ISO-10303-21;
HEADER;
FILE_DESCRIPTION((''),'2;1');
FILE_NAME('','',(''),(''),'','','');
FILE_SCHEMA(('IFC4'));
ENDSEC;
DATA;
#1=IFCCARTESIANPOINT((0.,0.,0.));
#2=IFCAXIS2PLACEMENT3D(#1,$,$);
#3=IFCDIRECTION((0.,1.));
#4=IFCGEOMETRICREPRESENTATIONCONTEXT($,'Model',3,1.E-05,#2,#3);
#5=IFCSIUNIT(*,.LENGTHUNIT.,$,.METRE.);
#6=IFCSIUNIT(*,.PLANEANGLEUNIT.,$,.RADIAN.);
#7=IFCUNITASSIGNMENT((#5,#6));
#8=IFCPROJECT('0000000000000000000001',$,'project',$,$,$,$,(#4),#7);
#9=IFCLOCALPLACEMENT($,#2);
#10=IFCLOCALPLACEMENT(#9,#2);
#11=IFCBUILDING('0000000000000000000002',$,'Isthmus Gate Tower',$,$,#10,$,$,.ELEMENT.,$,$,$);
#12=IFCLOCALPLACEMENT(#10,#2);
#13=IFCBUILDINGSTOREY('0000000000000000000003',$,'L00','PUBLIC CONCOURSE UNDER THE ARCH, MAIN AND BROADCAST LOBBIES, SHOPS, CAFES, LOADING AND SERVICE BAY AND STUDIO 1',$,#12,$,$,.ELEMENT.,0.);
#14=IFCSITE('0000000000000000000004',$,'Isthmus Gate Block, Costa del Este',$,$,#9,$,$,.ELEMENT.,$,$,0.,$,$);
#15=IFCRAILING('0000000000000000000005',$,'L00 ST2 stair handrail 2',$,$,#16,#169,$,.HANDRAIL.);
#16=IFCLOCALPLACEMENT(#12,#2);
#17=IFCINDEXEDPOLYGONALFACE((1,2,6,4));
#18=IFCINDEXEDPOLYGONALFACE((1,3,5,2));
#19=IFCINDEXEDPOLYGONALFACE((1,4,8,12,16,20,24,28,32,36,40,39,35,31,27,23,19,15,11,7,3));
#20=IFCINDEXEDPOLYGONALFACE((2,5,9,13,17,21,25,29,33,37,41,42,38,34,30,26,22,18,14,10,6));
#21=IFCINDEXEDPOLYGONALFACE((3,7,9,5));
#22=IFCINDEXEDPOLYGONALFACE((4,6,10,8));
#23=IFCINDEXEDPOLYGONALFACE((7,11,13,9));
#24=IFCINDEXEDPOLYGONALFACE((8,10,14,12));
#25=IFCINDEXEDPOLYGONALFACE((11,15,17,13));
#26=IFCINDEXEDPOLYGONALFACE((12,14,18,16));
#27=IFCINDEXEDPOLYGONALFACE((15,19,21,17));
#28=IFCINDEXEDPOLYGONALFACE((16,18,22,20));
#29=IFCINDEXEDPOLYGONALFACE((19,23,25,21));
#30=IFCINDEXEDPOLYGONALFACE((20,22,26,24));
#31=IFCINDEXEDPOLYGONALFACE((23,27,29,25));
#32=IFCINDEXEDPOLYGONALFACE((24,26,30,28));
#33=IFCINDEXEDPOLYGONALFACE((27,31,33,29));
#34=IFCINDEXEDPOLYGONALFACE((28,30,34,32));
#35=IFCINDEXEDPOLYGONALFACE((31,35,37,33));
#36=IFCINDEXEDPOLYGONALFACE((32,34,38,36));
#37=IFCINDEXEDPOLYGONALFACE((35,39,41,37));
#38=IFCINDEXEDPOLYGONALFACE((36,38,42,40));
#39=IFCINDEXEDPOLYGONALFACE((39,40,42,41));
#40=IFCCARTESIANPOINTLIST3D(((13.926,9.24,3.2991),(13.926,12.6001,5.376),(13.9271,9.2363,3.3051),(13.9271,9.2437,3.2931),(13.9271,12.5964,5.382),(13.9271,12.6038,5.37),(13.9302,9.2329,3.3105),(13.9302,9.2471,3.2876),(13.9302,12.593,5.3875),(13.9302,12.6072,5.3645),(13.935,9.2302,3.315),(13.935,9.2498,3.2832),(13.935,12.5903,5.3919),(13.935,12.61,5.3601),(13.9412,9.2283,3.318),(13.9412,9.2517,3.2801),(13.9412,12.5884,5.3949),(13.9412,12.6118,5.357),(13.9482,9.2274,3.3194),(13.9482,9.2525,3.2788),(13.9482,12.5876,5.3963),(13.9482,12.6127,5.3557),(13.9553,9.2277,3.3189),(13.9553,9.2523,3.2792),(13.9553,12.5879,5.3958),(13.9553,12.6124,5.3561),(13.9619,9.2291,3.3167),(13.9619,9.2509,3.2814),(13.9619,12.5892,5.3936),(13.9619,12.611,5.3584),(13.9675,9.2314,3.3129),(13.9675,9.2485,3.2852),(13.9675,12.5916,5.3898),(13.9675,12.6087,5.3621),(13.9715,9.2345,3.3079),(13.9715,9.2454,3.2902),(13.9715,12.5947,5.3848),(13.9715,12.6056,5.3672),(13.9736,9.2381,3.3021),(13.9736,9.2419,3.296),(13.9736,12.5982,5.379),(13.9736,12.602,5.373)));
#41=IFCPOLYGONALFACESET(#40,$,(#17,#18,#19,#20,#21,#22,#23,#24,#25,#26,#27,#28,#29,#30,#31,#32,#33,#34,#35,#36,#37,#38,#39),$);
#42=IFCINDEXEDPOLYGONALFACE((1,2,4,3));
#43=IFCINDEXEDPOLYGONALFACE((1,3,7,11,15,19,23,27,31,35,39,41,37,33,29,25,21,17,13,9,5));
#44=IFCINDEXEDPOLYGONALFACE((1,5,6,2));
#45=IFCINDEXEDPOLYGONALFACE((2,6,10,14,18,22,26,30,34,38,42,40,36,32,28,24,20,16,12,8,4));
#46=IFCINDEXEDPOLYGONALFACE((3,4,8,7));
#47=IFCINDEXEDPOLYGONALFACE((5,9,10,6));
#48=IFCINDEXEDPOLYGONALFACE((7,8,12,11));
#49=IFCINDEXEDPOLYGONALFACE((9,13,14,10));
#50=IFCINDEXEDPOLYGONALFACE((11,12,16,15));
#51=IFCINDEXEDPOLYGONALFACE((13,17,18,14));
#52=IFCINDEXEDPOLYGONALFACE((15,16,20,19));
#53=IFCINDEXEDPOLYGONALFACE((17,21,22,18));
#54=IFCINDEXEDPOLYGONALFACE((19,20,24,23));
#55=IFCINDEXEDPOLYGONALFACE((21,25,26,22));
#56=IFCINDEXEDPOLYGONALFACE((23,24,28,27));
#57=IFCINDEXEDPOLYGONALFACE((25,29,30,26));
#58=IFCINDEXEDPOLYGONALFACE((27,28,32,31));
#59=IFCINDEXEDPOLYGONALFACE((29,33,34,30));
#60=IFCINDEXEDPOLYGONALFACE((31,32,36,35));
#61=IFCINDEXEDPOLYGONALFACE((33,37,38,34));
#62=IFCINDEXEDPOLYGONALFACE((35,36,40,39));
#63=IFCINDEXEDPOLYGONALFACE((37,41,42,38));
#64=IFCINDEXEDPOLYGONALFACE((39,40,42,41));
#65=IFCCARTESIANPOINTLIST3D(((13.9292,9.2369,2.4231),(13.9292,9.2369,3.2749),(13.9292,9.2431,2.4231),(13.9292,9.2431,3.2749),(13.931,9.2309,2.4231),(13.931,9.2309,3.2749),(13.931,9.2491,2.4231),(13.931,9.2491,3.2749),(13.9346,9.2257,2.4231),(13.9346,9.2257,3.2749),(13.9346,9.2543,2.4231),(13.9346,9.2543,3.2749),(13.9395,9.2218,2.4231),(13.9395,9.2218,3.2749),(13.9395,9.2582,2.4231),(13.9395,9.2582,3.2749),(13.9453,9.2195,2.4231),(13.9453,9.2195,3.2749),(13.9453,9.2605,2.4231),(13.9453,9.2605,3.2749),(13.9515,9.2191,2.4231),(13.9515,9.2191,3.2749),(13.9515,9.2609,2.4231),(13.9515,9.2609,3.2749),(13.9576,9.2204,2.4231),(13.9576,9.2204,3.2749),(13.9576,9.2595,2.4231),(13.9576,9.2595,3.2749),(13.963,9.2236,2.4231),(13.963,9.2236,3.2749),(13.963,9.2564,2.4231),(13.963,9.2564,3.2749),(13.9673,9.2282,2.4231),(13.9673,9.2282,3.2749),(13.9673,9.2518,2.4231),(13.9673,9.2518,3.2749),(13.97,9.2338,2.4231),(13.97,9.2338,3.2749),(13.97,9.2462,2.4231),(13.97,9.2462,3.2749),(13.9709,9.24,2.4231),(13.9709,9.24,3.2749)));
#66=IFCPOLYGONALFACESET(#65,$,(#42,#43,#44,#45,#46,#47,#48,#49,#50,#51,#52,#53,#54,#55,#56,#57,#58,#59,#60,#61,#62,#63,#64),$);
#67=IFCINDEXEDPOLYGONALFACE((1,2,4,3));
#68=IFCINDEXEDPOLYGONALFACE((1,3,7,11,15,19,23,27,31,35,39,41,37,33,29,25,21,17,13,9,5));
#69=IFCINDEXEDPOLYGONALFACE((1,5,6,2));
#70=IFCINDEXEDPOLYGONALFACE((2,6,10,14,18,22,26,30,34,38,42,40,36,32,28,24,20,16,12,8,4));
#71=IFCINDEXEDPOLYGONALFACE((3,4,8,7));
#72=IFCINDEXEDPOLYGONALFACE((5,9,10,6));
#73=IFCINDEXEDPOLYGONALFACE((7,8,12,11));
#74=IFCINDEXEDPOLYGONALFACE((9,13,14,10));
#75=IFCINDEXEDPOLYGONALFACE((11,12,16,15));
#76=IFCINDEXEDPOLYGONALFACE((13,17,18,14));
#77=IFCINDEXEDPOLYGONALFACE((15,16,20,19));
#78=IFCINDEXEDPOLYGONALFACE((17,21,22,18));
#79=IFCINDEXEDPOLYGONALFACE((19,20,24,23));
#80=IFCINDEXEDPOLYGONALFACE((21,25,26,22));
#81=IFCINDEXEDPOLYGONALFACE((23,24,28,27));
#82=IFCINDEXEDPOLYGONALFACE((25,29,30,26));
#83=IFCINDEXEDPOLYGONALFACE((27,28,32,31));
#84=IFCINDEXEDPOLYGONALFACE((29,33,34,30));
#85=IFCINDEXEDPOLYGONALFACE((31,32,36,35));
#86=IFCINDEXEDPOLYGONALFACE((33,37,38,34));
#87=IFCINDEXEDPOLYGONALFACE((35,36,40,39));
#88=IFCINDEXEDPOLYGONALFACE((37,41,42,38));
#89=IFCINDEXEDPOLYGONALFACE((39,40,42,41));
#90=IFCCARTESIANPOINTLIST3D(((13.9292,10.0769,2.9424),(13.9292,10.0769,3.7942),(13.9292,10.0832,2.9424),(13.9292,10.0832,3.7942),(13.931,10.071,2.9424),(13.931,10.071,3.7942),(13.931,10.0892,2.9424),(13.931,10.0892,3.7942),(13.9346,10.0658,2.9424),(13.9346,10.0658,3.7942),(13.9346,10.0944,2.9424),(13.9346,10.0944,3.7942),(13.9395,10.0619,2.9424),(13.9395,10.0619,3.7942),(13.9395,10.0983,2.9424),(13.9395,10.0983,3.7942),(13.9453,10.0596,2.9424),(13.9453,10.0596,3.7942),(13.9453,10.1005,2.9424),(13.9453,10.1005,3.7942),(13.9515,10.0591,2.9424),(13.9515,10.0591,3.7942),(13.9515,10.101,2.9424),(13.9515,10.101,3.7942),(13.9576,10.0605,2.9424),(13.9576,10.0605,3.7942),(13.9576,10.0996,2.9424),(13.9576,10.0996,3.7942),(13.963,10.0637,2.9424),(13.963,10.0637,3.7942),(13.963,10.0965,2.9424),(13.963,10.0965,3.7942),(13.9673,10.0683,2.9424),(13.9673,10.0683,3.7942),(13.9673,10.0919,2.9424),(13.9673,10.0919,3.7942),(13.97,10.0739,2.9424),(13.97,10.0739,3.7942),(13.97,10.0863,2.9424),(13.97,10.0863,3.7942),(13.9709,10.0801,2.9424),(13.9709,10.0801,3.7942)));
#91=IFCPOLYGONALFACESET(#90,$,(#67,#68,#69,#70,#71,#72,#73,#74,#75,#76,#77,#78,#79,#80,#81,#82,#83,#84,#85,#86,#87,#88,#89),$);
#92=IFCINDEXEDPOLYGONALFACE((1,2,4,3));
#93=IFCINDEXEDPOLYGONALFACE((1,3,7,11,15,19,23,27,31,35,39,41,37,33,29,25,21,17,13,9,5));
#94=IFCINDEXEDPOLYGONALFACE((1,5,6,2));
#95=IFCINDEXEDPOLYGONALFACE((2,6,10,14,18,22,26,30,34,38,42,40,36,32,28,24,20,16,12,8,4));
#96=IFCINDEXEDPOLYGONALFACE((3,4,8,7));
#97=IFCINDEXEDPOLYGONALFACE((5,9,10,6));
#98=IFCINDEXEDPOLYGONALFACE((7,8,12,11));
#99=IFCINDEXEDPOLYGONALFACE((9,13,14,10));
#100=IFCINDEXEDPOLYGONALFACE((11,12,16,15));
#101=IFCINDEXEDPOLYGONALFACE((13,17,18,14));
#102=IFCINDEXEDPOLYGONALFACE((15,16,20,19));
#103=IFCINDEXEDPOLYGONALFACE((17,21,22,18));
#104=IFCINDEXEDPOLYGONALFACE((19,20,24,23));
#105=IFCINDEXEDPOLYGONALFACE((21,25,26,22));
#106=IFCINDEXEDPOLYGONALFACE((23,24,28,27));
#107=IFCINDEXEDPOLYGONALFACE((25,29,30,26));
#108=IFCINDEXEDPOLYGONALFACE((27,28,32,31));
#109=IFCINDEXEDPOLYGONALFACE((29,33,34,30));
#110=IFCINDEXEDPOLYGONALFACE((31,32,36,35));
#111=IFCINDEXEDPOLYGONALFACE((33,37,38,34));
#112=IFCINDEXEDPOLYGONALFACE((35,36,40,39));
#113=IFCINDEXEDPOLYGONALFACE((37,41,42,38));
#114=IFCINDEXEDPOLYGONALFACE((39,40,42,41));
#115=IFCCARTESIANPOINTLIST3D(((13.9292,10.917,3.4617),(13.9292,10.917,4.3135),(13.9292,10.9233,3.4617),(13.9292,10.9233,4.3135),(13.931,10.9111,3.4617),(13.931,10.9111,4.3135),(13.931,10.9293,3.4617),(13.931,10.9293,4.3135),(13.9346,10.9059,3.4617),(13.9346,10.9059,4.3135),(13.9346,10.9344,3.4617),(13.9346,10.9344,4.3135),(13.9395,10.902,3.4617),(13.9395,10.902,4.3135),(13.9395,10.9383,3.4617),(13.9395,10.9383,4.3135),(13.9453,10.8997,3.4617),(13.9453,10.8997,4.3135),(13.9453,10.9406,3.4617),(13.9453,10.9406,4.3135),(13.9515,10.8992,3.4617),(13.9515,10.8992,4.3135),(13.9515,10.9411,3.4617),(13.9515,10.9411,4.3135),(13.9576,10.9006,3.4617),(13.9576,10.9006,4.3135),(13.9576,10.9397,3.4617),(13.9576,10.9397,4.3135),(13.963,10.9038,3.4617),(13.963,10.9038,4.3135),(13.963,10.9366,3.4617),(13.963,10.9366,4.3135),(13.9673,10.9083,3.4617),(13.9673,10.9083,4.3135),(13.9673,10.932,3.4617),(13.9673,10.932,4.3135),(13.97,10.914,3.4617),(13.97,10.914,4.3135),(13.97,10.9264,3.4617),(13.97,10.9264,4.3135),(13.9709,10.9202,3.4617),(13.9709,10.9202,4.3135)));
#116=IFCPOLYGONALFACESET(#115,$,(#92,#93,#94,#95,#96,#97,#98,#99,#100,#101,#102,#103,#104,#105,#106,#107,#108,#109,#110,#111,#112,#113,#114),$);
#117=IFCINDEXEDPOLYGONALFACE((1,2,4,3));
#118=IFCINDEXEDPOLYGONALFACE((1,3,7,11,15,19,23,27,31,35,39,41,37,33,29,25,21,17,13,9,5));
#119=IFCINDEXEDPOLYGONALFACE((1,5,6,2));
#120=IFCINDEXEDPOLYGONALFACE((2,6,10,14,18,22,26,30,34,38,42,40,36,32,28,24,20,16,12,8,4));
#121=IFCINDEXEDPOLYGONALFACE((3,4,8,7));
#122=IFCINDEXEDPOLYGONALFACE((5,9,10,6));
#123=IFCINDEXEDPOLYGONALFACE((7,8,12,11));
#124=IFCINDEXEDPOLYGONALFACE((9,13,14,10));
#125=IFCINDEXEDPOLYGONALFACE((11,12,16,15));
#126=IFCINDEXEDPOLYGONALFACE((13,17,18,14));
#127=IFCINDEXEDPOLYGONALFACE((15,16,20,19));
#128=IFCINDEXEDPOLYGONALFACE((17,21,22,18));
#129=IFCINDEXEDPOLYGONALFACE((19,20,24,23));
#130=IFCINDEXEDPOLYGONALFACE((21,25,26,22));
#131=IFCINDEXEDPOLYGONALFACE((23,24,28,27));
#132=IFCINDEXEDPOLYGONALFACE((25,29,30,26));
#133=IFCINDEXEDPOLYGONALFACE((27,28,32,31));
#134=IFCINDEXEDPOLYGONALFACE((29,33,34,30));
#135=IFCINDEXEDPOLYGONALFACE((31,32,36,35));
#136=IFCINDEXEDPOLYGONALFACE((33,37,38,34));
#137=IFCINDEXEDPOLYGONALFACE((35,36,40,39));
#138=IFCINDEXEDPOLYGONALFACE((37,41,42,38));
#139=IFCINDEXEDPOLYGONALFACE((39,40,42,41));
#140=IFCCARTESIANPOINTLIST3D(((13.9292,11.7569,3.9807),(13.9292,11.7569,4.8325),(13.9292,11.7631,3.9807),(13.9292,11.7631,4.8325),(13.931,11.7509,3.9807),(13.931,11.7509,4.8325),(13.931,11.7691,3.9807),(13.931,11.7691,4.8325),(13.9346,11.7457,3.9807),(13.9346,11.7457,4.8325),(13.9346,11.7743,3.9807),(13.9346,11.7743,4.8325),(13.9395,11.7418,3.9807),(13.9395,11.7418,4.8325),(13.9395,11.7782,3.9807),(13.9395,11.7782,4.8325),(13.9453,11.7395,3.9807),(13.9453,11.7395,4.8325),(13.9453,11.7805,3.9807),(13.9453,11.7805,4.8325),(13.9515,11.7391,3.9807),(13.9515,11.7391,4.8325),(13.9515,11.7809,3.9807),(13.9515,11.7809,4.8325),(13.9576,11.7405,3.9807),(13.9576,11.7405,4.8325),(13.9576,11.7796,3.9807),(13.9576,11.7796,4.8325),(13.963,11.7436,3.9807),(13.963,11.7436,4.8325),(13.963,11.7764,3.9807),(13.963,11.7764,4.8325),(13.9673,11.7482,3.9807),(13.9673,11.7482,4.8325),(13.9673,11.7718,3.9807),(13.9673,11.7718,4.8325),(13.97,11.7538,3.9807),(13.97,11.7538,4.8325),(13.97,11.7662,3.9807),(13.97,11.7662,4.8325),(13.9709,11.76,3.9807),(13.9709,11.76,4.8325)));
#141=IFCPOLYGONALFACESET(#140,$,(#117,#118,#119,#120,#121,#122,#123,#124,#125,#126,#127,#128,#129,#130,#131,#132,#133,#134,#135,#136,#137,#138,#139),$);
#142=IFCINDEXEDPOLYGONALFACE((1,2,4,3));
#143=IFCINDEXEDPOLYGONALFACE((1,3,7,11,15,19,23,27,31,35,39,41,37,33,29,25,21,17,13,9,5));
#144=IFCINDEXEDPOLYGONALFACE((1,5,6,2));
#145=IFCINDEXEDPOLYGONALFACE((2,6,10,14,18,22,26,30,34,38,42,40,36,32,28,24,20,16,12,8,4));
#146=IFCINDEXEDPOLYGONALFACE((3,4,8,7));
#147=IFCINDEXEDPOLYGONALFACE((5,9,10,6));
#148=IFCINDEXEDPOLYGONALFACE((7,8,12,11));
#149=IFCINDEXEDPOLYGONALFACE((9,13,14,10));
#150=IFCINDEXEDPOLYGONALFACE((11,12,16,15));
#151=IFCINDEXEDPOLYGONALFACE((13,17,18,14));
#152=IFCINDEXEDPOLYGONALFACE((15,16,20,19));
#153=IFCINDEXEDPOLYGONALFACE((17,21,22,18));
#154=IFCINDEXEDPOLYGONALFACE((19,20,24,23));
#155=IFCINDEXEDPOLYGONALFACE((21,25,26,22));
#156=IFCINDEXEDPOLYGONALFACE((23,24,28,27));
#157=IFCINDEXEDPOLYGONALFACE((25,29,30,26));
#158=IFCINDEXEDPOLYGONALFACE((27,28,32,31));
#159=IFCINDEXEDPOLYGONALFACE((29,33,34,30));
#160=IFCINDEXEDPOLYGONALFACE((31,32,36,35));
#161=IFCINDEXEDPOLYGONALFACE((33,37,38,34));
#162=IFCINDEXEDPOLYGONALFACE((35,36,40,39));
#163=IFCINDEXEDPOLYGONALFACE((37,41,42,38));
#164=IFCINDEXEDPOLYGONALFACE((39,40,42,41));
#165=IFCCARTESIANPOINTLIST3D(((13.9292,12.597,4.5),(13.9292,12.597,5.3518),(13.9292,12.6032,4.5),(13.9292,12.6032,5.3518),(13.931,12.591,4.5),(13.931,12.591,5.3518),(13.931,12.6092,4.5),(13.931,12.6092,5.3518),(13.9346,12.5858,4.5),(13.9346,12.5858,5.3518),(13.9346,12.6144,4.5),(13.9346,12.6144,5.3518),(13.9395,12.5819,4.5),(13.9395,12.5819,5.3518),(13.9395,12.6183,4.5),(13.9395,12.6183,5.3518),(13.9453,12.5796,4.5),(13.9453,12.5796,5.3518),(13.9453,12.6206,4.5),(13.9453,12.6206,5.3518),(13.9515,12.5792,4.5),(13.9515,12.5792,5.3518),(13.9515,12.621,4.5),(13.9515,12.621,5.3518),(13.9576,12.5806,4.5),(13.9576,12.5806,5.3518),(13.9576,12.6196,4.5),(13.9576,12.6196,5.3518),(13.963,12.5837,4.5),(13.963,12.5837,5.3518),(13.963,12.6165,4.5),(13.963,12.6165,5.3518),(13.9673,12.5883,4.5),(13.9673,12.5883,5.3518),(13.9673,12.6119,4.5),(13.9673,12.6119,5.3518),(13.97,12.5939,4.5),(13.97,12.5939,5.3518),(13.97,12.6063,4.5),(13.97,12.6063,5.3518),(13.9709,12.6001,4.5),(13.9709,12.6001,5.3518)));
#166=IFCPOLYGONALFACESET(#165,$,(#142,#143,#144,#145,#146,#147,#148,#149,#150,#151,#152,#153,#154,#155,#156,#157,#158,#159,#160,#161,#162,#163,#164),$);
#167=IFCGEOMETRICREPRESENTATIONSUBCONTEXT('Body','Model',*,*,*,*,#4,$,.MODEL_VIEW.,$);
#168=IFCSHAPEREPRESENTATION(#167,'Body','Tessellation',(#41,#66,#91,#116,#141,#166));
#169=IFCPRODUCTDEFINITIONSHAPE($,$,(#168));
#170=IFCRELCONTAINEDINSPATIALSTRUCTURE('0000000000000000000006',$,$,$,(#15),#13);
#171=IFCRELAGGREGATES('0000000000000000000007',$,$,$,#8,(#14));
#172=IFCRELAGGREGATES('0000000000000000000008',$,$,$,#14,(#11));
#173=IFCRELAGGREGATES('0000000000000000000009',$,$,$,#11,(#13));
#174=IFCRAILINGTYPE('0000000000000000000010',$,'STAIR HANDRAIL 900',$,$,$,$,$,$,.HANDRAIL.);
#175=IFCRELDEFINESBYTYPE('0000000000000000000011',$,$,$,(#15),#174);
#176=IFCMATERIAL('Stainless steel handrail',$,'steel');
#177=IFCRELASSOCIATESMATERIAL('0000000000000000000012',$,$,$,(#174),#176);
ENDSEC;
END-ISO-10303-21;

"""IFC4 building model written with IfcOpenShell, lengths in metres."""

from ifc_helpers import new_model, si_unit, direction, frame, origin, origin_2d, place, context, subcontext, project, spatial, circle, extrude, material, type_object, element, save


model = new_model("IFC4")

# Units and contexts
model_context = context("Model", 3, precision=1e-05, world=origin(), true_north=direction((0.0, 1.0)))
body_context = subcontext(model_context, "Body", "Model", "MODEL_VIEW")
ifc_project = project(units=[si_unit("LENGTHUNIT", "METRE"), si_unit("PLANEANGLEUNIT", "RADIAN")], contexts=[model_context])

# Site, building, storey
site_placement = place(None, origin())
site = spatial("IfcSite", under=ifc_project, at=site_placement, Name="Isthmus Gate Block, Costa del Este", CompositionType="ELEMENT", RefElevation=0.0)
building_placement = place(site_placement, origin())
building = spatial("IfcBuilding", under=site, at=building_placement, Name="Isthmus Gate Tower", CompositionType="ELEMENT")
storey_placement = place(building_placement, origin())
storey = spatial("IfcBuildingStorey", under=building, at=storey_placement, Name="L00", Description="PUBLIC CONCOURSE UNDER THE ARCH, MAIN AND BROADCAST LOBBIES, SHOPS, CAFES, LOADING AND SERVICE BAY AND STUDIO 1", CompositionType="ELEMENT", Elevation=0.0)

# Railing
ifc_material_1 = material(Name="Stainless steel handrail", Category="steel")
railing_type_1 = type_object("IfcRailingType", Name="STAIR HANDRAIL 900", PredefinedType="HANDRAIL", material=ifc_material_1)
for number, where, name in (
    (1, (13.95, 9.24, 2.4231), "L00 ST2 stair handrail 2"),
):
    element("IfcRailing", number, at=place(storey_placement, frame(where)), inside=storey, type_object=railing_type_1, Name=name, PredefinedType="HANDRAIL", context=body_context, shape_type="SweptSolid", body=[
        extrude(circle(Radius=0.0239, at=origin_2d()), frame((0.0, 0.0, 0.876), z_axis=(0.0, 0.850623, 0.525776), x_axis=(-1.0, 0.0, 0.0)), (0.0, 0.0, 1.0), 3.9502),
        extrude(circle(Radius=0.021, at=origin_2d()), origin(), (0.0, 0.0, 1.0), 0.8518),
        extrude(circle(Radius=0.021, at=origin_2d()), frame((0.0, 0.8401, 0.5193)), (0.0, 0.0, 1.0), 0.8518),
        extrude(circle(Radius=0.021, at=origin_2d()), frame((0.0, 1.6802, 1.0386)), (0.0, 0.0, 1.0), 0.8518),
        extrude(circle(Radius=0.021, at=origin_2d()), frame((0.0, 2.52, 1.5576)), (0.0, 0.0, 1.0), 0.8518),
        extrude(circle(Radius=0.021, at=origin_2d()), frame((0.0, 3.3601, 2.0769)), (0.0, 0.0, 1.0), 0.8518),
    ])

save(model, "model.ifc")
